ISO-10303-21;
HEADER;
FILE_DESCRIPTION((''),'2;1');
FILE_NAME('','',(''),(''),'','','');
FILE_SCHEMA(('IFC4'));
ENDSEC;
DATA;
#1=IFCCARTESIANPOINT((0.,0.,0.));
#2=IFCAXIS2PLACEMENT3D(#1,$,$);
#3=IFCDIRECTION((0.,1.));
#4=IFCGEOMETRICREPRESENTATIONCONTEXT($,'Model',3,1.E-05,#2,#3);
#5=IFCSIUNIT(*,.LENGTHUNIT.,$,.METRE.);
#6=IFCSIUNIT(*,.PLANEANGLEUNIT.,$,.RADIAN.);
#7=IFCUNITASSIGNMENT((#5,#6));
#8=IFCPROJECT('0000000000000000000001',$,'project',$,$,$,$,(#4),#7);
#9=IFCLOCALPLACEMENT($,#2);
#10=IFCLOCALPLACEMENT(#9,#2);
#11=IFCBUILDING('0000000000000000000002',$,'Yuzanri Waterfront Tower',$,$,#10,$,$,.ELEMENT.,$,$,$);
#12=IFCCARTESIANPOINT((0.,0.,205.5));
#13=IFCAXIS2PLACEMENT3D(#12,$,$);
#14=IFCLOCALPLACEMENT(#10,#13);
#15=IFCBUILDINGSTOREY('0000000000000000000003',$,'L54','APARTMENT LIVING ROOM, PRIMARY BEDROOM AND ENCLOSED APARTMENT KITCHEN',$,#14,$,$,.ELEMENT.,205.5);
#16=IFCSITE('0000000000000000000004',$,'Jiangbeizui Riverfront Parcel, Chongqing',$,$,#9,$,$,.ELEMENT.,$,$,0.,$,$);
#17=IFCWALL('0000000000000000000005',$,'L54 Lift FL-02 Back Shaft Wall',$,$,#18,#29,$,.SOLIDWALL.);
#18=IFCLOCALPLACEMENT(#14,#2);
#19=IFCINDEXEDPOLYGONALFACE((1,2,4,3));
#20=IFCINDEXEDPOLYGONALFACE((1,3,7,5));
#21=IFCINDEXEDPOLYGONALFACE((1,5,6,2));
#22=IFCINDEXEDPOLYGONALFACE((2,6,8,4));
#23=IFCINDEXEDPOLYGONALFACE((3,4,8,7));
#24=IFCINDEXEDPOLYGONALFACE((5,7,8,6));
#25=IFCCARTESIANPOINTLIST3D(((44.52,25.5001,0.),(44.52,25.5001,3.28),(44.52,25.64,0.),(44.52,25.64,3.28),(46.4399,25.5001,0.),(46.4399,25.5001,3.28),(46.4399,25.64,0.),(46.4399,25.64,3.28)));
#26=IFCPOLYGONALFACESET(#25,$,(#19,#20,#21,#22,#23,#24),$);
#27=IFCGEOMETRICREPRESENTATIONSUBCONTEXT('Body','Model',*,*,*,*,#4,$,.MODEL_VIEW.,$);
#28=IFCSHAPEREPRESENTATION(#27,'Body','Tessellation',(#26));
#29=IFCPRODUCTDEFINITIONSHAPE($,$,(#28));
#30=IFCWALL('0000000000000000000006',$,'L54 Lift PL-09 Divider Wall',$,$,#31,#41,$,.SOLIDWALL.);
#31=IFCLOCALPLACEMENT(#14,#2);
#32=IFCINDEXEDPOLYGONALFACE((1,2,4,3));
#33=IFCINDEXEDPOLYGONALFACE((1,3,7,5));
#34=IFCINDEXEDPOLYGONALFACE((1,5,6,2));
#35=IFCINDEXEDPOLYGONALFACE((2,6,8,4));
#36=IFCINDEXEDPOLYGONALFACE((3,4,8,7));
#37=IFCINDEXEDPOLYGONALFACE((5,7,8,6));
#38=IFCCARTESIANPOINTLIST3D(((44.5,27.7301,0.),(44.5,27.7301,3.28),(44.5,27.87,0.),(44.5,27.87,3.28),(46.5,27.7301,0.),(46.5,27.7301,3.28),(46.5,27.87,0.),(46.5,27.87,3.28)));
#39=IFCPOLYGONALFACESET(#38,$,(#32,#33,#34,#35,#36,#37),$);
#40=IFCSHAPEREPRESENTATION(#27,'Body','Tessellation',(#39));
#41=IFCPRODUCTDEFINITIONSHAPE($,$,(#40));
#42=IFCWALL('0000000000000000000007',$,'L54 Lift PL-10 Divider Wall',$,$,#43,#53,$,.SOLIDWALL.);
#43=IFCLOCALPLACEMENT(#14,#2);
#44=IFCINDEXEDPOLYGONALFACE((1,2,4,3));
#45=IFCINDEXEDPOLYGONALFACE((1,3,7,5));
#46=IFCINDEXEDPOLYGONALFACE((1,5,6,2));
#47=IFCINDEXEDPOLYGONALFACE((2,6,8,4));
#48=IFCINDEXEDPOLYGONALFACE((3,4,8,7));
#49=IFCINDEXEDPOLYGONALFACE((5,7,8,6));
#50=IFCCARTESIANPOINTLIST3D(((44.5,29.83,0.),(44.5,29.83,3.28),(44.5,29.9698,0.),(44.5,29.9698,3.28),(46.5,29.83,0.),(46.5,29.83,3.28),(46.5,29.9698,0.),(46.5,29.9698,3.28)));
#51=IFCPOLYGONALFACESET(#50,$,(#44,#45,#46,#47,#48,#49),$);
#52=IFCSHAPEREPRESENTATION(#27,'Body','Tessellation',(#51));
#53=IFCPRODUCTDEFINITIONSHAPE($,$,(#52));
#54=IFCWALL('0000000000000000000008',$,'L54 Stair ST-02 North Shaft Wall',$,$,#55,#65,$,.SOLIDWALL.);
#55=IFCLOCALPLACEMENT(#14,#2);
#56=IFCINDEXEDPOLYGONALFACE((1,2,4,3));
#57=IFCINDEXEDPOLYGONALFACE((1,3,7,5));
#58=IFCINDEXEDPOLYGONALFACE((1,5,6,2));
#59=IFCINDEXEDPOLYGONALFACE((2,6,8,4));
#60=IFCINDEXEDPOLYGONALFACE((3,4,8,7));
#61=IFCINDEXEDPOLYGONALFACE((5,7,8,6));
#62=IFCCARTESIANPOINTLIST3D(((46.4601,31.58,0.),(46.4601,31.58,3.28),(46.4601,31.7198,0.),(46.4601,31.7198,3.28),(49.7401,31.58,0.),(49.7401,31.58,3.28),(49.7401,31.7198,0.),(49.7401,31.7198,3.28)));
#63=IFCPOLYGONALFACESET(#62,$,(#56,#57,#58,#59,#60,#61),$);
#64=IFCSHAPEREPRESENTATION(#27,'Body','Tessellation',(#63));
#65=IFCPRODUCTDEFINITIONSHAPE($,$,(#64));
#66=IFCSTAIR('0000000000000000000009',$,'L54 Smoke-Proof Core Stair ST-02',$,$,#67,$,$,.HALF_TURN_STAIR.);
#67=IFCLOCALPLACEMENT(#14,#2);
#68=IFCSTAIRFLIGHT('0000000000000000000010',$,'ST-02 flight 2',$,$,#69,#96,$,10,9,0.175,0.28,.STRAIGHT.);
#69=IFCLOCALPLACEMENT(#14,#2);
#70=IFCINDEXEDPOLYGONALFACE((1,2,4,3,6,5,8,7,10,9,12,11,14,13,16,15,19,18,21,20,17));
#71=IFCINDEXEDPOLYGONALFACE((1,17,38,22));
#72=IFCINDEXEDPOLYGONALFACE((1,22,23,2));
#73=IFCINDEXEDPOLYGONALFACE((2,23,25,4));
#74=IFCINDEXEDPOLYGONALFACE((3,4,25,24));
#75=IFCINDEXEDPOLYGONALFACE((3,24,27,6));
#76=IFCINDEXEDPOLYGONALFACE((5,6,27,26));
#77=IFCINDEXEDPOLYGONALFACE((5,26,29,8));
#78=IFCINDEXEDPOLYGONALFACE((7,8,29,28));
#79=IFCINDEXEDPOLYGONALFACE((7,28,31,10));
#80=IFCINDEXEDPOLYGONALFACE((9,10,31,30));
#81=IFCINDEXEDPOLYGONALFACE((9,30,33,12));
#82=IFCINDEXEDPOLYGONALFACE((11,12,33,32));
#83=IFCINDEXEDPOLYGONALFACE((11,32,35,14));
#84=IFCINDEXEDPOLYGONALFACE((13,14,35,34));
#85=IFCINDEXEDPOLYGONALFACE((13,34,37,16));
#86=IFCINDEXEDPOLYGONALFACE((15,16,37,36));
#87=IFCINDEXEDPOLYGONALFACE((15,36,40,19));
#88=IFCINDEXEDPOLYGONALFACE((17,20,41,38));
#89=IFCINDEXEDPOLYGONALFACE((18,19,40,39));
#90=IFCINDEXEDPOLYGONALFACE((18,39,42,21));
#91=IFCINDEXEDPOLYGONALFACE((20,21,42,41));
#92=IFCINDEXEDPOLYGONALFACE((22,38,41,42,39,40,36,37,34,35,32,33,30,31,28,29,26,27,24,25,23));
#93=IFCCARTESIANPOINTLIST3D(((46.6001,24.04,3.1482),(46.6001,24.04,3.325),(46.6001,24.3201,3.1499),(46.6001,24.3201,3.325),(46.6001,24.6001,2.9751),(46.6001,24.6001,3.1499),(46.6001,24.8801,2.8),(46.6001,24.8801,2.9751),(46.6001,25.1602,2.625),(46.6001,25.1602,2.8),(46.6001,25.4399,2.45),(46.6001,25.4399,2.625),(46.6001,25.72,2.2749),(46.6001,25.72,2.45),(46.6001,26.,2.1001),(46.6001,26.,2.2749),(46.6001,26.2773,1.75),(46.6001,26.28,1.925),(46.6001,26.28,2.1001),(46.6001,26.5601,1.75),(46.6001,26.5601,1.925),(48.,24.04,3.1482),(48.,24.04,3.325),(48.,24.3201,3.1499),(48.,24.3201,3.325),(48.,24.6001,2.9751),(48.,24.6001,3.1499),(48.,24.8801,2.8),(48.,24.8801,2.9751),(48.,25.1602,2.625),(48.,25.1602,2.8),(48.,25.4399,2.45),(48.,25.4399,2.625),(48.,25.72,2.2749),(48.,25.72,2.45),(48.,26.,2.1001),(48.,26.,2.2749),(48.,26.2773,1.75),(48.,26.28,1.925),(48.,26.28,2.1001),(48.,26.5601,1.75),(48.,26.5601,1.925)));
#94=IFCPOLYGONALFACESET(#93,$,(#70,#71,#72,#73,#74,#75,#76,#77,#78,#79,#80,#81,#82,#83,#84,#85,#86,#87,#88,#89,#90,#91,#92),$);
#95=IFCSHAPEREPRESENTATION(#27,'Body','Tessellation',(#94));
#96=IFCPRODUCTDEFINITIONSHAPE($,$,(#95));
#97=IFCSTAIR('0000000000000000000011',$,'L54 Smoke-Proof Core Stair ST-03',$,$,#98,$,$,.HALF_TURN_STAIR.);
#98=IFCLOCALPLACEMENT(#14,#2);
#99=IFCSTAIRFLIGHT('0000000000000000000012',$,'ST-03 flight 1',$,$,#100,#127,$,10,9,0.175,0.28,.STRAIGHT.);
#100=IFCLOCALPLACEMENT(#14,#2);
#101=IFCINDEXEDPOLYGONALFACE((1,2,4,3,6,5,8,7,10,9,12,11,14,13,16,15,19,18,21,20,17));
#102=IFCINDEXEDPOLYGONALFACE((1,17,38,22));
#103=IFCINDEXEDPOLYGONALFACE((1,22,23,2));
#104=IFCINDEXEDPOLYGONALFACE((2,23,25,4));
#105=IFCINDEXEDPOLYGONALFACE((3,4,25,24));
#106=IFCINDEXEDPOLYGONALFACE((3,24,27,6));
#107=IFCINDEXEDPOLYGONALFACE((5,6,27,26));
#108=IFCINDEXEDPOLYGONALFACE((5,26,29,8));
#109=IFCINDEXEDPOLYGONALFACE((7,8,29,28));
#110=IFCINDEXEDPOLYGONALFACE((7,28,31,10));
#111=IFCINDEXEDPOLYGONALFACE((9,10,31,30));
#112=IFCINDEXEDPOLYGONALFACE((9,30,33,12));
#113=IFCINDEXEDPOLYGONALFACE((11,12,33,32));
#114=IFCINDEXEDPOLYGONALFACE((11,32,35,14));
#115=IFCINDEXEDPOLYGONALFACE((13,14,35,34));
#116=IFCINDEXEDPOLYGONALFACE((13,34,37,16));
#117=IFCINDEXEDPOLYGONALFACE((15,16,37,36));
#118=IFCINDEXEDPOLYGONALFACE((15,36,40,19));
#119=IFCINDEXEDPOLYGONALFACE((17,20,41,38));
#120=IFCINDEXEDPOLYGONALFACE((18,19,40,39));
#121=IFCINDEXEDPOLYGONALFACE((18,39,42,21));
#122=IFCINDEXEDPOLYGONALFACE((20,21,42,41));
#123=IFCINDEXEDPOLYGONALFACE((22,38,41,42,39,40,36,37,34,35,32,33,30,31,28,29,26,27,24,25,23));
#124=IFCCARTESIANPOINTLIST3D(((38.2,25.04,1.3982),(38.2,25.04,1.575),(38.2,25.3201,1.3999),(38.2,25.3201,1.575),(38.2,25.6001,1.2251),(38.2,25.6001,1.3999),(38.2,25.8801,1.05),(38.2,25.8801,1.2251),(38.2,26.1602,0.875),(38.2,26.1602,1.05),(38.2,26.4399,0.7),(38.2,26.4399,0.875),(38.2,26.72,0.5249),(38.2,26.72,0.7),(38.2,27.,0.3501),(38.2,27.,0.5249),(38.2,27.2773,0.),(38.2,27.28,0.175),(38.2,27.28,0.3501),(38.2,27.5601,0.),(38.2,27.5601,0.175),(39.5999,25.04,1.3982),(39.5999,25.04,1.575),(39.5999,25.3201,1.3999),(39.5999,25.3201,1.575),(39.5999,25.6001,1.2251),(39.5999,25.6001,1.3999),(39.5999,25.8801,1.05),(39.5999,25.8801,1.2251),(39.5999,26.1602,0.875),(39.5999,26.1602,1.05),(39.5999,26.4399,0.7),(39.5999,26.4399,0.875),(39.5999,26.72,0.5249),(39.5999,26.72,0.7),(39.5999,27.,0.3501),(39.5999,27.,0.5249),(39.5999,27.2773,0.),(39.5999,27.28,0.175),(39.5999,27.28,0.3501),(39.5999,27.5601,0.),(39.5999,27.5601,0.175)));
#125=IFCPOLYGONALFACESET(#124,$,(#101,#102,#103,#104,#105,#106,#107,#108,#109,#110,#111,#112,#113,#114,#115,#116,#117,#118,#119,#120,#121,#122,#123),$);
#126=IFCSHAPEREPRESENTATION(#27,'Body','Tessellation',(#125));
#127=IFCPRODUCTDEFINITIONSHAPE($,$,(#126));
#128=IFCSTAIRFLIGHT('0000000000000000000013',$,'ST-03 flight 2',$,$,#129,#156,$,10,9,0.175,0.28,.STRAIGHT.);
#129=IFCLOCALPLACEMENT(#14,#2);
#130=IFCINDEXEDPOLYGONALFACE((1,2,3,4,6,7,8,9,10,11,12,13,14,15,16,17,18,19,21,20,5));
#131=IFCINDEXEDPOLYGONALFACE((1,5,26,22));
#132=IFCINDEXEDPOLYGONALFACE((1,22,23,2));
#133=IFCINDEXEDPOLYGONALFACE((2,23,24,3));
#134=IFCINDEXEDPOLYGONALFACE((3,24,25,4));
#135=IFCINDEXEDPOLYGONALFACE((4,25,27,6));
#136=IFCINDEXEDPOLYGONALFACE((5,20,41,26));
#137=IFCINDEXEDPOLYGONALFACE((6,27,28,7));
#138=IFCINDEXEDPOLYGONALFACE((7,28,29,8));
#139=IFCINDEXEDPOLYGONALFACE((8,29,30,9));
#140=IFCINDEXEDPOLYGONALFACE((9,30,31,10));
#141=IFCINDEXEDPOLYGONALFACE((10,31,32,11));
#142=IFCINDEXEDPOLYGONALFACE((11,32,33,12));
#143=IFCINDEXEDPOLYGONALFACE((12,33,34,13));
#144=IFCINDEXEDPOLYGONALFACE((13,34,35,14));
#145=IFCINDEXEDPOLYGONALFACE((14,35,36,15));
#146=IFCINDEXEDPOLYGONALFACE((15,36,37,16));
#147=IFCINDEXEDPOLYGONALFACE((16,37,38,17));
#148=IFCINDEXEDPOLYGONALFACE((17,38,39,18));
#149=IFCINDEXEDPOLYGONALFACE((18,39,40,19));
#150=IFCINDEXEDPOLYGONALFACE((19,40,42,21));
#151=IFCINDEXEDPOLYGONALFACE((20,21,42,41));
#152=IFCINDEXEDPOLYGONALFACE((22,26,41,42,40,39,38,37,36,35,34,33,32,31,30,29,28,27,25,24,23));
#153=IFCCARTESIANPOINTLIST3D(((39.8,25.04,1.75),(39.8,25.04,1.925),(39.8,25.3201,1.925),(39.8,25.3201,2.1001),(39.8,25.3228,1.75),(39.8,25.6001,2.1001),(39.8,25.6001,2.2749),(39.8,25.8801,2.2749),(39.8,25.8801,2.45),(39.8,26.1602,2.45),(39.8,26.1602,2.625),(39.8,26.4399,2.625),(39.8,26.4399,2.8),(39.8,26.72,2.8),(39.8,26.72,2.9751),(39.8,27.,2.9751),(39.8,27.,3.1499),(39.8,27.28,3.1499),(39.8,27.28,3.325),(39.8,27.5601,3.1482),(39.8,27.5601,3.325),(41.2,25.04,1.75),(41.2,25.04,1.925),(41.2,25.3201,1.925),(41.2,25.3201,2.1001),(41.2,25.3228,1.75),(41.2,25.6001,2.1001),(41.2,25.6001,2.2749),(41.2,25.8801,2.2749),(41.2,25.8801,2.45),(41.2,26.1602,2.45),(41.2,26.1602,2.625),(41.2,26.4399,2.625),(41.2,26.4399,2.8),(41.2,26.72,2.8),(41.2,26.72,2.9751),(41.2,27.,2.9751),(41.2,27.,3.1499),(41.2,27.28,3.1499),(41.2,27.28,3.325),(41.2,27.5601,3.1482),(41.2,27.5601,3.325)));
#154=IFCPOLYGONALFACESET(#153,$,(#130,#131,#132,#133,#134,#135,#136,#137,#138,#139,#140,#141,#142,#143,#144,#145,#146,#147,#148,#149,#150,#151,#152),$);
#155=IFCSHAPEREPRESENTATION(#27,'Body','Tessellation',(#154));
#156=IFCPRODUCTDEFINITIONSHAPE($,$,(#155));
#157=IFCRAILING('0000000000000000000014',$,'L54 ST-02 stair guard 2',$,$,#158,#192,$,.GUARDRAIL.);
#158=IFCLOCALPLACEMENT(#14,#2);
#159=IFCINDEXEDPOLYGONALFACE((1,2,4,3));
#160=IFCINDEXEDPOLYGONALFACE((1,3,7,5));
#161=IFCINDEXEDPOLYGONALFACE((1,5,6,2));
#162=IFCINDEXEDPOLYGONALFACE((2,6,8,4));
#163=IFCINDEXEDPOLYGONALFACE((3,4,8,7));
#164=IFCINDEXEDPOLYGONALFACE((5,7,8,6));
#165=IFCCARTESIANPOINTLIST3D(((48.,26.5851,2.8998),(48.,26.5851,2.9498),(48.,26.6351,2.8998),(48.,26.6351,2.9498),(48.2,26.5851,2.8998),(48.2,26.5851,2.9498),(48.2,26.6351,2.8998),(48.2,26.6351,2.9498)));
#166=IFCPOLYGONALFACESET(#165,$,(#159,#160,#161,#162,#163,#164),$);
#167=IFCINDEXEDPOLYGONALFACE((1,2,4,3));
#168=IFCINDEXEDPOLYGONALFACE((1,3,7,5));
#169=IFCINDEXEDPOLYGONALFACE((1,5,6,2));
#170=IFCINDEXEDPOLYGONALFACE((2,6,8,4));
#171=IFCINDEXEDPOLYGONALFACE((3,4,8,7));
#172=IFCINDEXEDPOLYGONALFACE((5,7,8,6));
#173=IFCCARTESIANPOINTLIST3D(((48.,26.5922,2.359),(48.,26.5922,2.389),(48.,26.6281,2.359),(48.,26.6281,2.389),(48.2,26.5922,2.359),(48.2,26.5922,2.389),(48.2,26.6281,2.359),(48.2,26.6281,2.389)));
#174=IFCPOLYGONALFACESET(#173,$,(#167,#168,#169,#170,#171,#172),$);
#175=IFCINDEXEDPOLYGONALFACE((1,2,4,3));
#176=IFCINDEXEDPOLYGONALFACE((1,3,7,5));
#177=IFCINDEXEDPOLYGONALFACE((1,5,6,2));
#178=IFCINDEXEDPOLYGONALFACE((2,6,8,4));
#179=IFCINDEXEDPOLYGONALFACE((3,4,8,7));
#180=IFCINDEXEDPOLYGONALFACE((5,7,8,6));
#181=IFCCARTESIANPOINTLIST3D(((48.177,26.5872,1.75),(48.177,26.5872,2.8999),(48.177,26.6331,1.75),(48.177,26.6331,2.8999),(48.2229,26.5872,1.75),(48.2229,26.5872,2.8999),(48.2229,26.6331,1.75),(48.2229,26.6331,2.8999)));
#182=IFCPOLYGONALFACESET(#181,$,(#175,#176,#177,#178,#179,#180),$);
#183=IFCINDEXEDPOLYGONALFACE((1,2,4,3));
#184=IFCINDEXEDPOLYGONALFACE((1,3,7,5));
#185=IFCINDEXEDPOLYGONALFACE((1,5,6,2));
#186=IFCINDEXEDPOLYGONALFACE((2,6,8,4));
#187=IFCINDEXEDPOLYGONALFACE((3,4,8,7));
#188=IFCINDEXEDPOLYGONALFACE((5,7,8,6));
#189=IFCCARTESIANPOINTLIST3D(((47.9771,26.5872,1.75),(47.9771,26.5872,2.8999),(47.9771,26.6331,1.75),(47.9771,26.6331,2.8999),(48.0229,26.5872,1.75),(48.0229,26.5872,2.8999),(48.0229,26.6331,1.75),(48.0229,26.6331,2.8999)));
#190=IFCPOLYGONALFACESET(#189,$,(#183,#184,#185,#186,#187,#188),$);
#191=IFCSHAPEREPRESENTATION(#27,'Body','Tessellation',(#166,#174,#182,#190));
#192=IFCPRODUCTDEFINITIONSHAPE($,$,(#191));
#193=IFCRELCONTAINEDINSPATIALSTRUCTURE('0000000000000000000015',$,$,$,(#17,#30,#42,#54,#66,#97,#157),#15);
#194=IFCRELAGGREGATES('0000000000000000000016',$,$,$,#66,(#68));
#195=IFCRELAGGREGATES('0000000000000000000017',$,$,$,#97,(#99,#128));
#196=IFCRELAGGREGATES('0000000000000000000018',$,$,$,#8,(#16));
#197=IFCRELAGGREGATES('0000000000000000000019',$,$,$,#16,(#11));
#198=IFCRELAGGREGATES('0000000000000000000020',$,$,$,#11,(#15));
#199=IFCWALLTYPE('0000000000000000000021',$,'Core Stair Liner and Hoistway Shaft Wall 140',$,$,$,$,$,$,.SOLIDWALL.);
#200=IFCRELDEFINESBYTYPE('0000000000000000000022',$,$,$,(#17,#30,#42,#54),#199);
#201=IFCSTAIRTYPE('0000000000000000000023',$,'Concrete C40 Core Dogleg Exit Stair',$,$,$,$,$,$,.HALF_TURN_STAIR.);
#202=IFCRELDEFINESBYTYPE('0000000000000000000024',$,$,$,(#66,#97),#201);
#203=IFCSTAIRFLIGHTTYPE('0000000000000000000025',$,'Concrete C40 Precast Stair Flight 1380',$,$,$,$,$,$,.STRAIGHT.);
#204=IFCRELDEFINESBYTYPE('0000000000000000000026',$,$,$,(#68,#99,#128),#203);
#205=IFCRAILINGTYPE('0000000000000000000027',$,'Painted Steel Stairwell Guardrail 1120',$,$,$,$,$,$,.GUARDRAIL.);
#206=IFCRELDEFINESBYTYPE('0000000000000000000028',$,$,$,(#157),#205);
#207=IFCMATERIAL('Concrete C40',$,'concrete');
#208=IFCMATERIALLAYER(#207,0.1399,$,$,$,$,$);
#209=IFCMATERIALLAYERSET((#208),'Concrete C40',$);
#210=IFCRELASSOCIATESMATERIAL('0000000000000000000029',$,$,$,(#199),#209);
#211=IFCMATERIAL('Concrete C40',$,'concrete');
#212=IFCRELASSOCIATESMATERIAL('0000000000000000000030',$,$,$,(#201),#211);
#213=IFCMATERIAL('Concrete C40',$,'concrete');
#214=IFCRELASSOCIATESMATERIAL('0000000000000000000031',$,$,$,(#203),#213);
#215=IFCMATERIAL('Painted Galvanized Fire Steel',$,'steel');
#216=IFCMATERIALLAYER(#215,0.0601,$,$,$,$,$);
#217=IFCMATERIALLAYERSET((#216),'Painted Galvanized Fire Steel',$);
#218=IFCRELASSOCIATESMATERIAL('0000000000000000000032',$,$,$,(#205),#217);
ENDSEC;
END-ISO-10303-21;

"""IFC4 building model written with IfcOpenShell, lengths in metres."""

from ifc_helpers import new_model, si_unit, direction, frame, frame_2d, origin, origin_2d, place, context, subcontext, project, spatial, polyline, rectangle, outline, extrude, source, transform, mapped, material, layer, layer_set, type_object, element, aggregate, save


model = new_model("IFC4")

# Units and contexts
model_context = context("Model", 3, precision=1e-05, world=origin(), true_north=direction((0.0, 1.0)))
body_context = subcontext(model_context, "Body", "Model", "MODEL_VIEW")
ifc_project = project(units=[si_unit("LENGTHUNIT", "METRE"), si_unit("PLANEANGLEUNIT", "RADIAN")], contexts=[model_context])

# Site, building, storey
site_placement = place(None, origin())
site = spatial("IfcSite", under=ifc_project, at=site_placement, Name="Jiangbeizui Riverfront Parcel, Chongqing", CompositionType="ELEMENT", RefElevation=0.0)
building_placement = place(site_placement, origin())
building = spatial("IfcBuilding", under=site, at=building_placement, Name="Yuzanri Waterfront Tower", CompositionType="ELEMENT")
storey_placement = place(building_placement, frame((0.0, 0.0, 205.5)))
storey = spatial("IfcBuildingStorey", under=building, at=storey_placement, Name="L54", Description="APARTMENT LIVING ROOM, PRIMARY BEDROOM AND ENCLOSED APARTMENT KITCHEN", CompositionType="ELEMENT", Elevation=205.5)

# Shared definitions
ifc_material_1 = material(Name="Concrete C40", Category="concrete")
ifc_layer_1 = layer(ifc_material_1, 0.1399)
ifc_layer_set_1 = layer_set([ifc_layer_1], Name="Concrete C40")
wall_type_1 = type_object("IfcWallType", Name="Core Stair Liner and Hoistway Shaft Wall 140", PredefinedType="SOLIDWALL", material=ifc_layer_set_1)

# Walls
shared_shape_1 = source(origin(), body_context, "Body", "SweptSolid", [
    extrude(rectangle(XDim=1.9199, YDim=0.1399, at=frame_2d((0.96, 0.0))), origin(), (0.0, 0.0, 1.0), 3.28),
])
wall_1_placement = place(storey_placement, frame((44.52, 25.5701, 0.0), z_axis=(0.0, 0.0, 1.0), x_axis=(1.0, 0.0, 0.0)))
element("IfcWall", 1, at=wall_1_placement, inside=storey, type_object=wall_type_1, Name="L54 Lift FL-02 Back Shaft Wall", PredefinedType="SOLIDWALL", context=body_context, shape_type="MappedRepresentation", body=[
    mapped(shared_shape_1, transform((0.0, 0.0, 0.0), scale=1.0)),
])
shared_shape_2 = source(origin(), body_context, "Body", "SweptSolid", [
    extrude(rectangle(XDim=2.0, YDim=0.1399, at=frame_2d((1.0, 0.0))), origin(), (0.0, 0.0, 1.0), 3.28),
])
for number, where, z_axis, x_axis, name in (
    (2, (44.5, 27.8, 0.0), (0.0, 0.0, 1.0), (1.0, 0.0, 0.0), "L54 Lift PL-09 Divider Wall"),
    (3, (44.5, 29.8999, 0.0), (0.0, 0.0, 1.0), (1.0, 0.0, 0.0), "L54 Lift PL-10 Divider Wall"),
):
    element("IfcWall", number, at=place(storey_placement, frame(where, z_axis=z_axis, x_axis=x_axis)), inside=storey, type_object=wall_type_1, Name=name, PredefinedType="SOLIDWALL", context=body_context, shape_type="MappedRepresentation", body=[
        mapped(shared_shape_2, transform((0.0, 0.0, 0.0), scale=1.0)),
    ])
shared_shape_3 = source(origin(), body_context, "Body", "SweptSolid", [
    extrude(rectangle(XDim=3.28, YDim=0.1399, at=frame_2d((1.6401, 0.0))), origin(), (0.0, 0.0, 1.0), 3.28),
])
wall_2_placement = place(storey_placement, frame((46.46, 31.6499, 0.0), z_axis=(0.0, 0.0, 1.0), x_axis=(1.0, 0.0, 0.0)))
element("IfcWall", 4, at=wall_2_placement, inside=storey, type_object=wall_type_1, Name="L54 Stair ST-02 North Shaft Wall", PredefinedType="SOLIDWALL", context=body_context, shape_type="MappedRepresentation", body=[
    mapped(shared_shape_3, transform((0.0, 0.0, 0.0), scale=1.0)),
])

# Stair, stair flight
ifc_material_2 = material(Name="Concrete C40", Category="concrete")
stair_type = type_object("IfcStairType", Name="Concrete C40 Core Dogleg Exit Stair", PredefinedType="HALF_TURN_STAIR", material=ifc_material_2)
stair_1_placement = place(storey_placement, origin())
stair_1 = element("IfcStair", 5, at=stair_1_placement, inside=storey, type_object=stair_type, Name="L54 Smoke-Proof Core Stair ST-02", PredefinedType="HALF_TURN_STAIR")
ifc_material_3 = material(Name="Concrete C40", Category="concrete")
stair_flight_type = type_object("IfcStairFlightType", Name="Concrete C40 Precast Stair Flight 1380", PredefinedType="STRAIGHT", material=ifc_material_3)
shared_shape_4 = source(origin(), body_context, "Body", "SweptSolid", [
    extrude(outline(polyline([(0.0, 0.0), (0.0, 0.175), (0.28, 0.175), (0.28, 0.3501), (0.5601, 0.3501), (0.5601, 0.5249), (0.8401, 0.5249), (0.8401, 0.7), (1.1201, 0.7), (1.1201, 0.875), (1.3999, 0.875), (1.3999, 1.05), (1.6799, 1.05), (1.6799, 1.2251), (1.96, 1.2251), (1.96, 1.3999), (2.24, 1.3999), (2.24, 1.575), (2.52, 1.575), (2.52, 1.75), (2.52, 1.3982), (0.2827, 0.0), (0.0, 0.0)])), frame((0.0, 0.7, 0.0), z_axis=(0.0, -1.0, 0.0), x_axis=(1.0, 0.0, 0.0)), (0.0, 0.0, 1.0), 1.3999),
])
stair_flight_1_placement = place(storey_placement, frame((47.3, 26.5601, 1.75), z_axis=(0.0, 0.0, 1.0), x_axis=(0.0, -1.0, 0.0)))
stair_flight_1 = element("IfcStairFlight", 6, at=stair_flight_1_placement, type_object=stair_flight_type, Name="ST-02 flight 2", NumberOfRisers=10, NumberOfTreads=9, PredefinedType="STRAIGHT", RiserHeight=0.175, TreadLength=0.28, context=body_context, shape_type="MappedRepresentation", body=[
    mapped(shared_shape_4, transform((0.0, 0.0, 0.0), scale=1.0)),
])
aggregate(stair_1, [stair_flight_1])

# Stair, stair flights
stair_2_placement = place(storey_placement, origin())
stair_2 = element("IfcStair", 7, at=stair_2_placement, inside=storey, type_object=stair_type, Name="L54 Smoke-Proof Core Stair ST-03", PredefinedType="HALF_TURN_STAIR")
stair_flight_2_placement = place(storey_placement, frame((38.8999, 27.5601, 0.0), z_axis=(0.0, 0.0, 1.0), x_axis=(0.0, -1.0, 0.0)))
stair_flight_2 = element("IfcStairFlight", 8, at=stair_flight_2_placement, type_object=stair_flight_type, Name="ST-03 flight 1", NumberOfRisers=10, NumberOfTreads=9, PredefinedType="STRAIGHT", RiserHeight=0.175, TreadLength=0.28, context=body_context, shape_type="MappedRepresentation", body=[
    mapped(shared_shape_4, transform((0.0, 0.0, 0.0), scale=1.0)),
])
stair_flight_3_placement = place(storey_placement, frame((40.5, 25.04, 1.75), z_axis=(0.0, 0.0, 1.0), x_axis=(0.0, 1.0, 0.0)))
stair_flight_3 = element("IfcStairFlight", 9, at=stair_flight_3_placement, type_object=stair_flight_type, Name="ST-03 flight 2", NumberOfRisers=10, NumberOfTreads=9, PredefinedType="STRAIGHT", RiserHeight=0.175, TreadLength=0.28, context=body_context, shape_type="MappedRepresentation", body=[
    mapped(shared_shape_4, transform((0.0, 0.0, 0.0), scale=1.0)),
])
aggregate(stair_2, [stair_flight_2, stair_flight_3])

# Railing
ifc_material_4 = material(Name="Painted Galvanized Fire Steel", Category="steel")
ifc_layer_2 = layer(ifc_material_4, 0.0601)
ifc_layer_set_2 = layer_set([ifc_layer_2], Name="Painted Galvanized Fire Steel")
railing_type_1 = type_object("IfcRailingType", Name="Painted Steel Stairwell Guardrail 1120", PredefinedType="GUARDRAIL", material=ifc_layer_set_2)
shared_shape_5 = source(origin(), body_context, "Body", "SweptSolid", [
    extrude(rectangle(XDim=0.05, YDim=0.05, at=origin_2d()), frame((0.0, 0.0, 1.1748), z_axis=(-1.0, 0.0, 0.0), x_axis=(0.0, -1.0, 0.0)), (0.0, 0.0, 1.0), 0.2),
    extrude(rectangle(XDim=0.0359, YDim=0.03, at=origin_2d()), frame((0.0, 0.0, 0.624), z_axis=(-1.0, 0.0, 0.0), x_axis=(0.0, -1.0, 0.0)), (0.0, 0.0, 1.0), 0.2),
    extrude(rectangle(XDim=0.0459, YDim=0.0459, at=origin_2d()), origin(), (0.0, 0.0, 1.0), 1.1499),
    extrude(rectangle(XDim=0.0459, YDim=0.0459, at=origin_2d()), frame((-0.2, 0.0, 0.0)), (0.0, 0.0, 1.0), 1.1499),
])
railing_1_placement = place(storey_placement, frame((48.2, 26.6101, 1.75)))
element("IfcRailing", 10, at=railing_1_placement, inside=storey, type_object=railing_type_1, Name="L54 ST-02 stair guard 2", PredefinedType="GUARDRAIL", context=body_context, shape_type="MappedRepresentation", body=[
    mapped(shared_shape_5, transform((0.0, 0.0, 0.0), scale=1.0)),
])

save(model, "model.ifc")
